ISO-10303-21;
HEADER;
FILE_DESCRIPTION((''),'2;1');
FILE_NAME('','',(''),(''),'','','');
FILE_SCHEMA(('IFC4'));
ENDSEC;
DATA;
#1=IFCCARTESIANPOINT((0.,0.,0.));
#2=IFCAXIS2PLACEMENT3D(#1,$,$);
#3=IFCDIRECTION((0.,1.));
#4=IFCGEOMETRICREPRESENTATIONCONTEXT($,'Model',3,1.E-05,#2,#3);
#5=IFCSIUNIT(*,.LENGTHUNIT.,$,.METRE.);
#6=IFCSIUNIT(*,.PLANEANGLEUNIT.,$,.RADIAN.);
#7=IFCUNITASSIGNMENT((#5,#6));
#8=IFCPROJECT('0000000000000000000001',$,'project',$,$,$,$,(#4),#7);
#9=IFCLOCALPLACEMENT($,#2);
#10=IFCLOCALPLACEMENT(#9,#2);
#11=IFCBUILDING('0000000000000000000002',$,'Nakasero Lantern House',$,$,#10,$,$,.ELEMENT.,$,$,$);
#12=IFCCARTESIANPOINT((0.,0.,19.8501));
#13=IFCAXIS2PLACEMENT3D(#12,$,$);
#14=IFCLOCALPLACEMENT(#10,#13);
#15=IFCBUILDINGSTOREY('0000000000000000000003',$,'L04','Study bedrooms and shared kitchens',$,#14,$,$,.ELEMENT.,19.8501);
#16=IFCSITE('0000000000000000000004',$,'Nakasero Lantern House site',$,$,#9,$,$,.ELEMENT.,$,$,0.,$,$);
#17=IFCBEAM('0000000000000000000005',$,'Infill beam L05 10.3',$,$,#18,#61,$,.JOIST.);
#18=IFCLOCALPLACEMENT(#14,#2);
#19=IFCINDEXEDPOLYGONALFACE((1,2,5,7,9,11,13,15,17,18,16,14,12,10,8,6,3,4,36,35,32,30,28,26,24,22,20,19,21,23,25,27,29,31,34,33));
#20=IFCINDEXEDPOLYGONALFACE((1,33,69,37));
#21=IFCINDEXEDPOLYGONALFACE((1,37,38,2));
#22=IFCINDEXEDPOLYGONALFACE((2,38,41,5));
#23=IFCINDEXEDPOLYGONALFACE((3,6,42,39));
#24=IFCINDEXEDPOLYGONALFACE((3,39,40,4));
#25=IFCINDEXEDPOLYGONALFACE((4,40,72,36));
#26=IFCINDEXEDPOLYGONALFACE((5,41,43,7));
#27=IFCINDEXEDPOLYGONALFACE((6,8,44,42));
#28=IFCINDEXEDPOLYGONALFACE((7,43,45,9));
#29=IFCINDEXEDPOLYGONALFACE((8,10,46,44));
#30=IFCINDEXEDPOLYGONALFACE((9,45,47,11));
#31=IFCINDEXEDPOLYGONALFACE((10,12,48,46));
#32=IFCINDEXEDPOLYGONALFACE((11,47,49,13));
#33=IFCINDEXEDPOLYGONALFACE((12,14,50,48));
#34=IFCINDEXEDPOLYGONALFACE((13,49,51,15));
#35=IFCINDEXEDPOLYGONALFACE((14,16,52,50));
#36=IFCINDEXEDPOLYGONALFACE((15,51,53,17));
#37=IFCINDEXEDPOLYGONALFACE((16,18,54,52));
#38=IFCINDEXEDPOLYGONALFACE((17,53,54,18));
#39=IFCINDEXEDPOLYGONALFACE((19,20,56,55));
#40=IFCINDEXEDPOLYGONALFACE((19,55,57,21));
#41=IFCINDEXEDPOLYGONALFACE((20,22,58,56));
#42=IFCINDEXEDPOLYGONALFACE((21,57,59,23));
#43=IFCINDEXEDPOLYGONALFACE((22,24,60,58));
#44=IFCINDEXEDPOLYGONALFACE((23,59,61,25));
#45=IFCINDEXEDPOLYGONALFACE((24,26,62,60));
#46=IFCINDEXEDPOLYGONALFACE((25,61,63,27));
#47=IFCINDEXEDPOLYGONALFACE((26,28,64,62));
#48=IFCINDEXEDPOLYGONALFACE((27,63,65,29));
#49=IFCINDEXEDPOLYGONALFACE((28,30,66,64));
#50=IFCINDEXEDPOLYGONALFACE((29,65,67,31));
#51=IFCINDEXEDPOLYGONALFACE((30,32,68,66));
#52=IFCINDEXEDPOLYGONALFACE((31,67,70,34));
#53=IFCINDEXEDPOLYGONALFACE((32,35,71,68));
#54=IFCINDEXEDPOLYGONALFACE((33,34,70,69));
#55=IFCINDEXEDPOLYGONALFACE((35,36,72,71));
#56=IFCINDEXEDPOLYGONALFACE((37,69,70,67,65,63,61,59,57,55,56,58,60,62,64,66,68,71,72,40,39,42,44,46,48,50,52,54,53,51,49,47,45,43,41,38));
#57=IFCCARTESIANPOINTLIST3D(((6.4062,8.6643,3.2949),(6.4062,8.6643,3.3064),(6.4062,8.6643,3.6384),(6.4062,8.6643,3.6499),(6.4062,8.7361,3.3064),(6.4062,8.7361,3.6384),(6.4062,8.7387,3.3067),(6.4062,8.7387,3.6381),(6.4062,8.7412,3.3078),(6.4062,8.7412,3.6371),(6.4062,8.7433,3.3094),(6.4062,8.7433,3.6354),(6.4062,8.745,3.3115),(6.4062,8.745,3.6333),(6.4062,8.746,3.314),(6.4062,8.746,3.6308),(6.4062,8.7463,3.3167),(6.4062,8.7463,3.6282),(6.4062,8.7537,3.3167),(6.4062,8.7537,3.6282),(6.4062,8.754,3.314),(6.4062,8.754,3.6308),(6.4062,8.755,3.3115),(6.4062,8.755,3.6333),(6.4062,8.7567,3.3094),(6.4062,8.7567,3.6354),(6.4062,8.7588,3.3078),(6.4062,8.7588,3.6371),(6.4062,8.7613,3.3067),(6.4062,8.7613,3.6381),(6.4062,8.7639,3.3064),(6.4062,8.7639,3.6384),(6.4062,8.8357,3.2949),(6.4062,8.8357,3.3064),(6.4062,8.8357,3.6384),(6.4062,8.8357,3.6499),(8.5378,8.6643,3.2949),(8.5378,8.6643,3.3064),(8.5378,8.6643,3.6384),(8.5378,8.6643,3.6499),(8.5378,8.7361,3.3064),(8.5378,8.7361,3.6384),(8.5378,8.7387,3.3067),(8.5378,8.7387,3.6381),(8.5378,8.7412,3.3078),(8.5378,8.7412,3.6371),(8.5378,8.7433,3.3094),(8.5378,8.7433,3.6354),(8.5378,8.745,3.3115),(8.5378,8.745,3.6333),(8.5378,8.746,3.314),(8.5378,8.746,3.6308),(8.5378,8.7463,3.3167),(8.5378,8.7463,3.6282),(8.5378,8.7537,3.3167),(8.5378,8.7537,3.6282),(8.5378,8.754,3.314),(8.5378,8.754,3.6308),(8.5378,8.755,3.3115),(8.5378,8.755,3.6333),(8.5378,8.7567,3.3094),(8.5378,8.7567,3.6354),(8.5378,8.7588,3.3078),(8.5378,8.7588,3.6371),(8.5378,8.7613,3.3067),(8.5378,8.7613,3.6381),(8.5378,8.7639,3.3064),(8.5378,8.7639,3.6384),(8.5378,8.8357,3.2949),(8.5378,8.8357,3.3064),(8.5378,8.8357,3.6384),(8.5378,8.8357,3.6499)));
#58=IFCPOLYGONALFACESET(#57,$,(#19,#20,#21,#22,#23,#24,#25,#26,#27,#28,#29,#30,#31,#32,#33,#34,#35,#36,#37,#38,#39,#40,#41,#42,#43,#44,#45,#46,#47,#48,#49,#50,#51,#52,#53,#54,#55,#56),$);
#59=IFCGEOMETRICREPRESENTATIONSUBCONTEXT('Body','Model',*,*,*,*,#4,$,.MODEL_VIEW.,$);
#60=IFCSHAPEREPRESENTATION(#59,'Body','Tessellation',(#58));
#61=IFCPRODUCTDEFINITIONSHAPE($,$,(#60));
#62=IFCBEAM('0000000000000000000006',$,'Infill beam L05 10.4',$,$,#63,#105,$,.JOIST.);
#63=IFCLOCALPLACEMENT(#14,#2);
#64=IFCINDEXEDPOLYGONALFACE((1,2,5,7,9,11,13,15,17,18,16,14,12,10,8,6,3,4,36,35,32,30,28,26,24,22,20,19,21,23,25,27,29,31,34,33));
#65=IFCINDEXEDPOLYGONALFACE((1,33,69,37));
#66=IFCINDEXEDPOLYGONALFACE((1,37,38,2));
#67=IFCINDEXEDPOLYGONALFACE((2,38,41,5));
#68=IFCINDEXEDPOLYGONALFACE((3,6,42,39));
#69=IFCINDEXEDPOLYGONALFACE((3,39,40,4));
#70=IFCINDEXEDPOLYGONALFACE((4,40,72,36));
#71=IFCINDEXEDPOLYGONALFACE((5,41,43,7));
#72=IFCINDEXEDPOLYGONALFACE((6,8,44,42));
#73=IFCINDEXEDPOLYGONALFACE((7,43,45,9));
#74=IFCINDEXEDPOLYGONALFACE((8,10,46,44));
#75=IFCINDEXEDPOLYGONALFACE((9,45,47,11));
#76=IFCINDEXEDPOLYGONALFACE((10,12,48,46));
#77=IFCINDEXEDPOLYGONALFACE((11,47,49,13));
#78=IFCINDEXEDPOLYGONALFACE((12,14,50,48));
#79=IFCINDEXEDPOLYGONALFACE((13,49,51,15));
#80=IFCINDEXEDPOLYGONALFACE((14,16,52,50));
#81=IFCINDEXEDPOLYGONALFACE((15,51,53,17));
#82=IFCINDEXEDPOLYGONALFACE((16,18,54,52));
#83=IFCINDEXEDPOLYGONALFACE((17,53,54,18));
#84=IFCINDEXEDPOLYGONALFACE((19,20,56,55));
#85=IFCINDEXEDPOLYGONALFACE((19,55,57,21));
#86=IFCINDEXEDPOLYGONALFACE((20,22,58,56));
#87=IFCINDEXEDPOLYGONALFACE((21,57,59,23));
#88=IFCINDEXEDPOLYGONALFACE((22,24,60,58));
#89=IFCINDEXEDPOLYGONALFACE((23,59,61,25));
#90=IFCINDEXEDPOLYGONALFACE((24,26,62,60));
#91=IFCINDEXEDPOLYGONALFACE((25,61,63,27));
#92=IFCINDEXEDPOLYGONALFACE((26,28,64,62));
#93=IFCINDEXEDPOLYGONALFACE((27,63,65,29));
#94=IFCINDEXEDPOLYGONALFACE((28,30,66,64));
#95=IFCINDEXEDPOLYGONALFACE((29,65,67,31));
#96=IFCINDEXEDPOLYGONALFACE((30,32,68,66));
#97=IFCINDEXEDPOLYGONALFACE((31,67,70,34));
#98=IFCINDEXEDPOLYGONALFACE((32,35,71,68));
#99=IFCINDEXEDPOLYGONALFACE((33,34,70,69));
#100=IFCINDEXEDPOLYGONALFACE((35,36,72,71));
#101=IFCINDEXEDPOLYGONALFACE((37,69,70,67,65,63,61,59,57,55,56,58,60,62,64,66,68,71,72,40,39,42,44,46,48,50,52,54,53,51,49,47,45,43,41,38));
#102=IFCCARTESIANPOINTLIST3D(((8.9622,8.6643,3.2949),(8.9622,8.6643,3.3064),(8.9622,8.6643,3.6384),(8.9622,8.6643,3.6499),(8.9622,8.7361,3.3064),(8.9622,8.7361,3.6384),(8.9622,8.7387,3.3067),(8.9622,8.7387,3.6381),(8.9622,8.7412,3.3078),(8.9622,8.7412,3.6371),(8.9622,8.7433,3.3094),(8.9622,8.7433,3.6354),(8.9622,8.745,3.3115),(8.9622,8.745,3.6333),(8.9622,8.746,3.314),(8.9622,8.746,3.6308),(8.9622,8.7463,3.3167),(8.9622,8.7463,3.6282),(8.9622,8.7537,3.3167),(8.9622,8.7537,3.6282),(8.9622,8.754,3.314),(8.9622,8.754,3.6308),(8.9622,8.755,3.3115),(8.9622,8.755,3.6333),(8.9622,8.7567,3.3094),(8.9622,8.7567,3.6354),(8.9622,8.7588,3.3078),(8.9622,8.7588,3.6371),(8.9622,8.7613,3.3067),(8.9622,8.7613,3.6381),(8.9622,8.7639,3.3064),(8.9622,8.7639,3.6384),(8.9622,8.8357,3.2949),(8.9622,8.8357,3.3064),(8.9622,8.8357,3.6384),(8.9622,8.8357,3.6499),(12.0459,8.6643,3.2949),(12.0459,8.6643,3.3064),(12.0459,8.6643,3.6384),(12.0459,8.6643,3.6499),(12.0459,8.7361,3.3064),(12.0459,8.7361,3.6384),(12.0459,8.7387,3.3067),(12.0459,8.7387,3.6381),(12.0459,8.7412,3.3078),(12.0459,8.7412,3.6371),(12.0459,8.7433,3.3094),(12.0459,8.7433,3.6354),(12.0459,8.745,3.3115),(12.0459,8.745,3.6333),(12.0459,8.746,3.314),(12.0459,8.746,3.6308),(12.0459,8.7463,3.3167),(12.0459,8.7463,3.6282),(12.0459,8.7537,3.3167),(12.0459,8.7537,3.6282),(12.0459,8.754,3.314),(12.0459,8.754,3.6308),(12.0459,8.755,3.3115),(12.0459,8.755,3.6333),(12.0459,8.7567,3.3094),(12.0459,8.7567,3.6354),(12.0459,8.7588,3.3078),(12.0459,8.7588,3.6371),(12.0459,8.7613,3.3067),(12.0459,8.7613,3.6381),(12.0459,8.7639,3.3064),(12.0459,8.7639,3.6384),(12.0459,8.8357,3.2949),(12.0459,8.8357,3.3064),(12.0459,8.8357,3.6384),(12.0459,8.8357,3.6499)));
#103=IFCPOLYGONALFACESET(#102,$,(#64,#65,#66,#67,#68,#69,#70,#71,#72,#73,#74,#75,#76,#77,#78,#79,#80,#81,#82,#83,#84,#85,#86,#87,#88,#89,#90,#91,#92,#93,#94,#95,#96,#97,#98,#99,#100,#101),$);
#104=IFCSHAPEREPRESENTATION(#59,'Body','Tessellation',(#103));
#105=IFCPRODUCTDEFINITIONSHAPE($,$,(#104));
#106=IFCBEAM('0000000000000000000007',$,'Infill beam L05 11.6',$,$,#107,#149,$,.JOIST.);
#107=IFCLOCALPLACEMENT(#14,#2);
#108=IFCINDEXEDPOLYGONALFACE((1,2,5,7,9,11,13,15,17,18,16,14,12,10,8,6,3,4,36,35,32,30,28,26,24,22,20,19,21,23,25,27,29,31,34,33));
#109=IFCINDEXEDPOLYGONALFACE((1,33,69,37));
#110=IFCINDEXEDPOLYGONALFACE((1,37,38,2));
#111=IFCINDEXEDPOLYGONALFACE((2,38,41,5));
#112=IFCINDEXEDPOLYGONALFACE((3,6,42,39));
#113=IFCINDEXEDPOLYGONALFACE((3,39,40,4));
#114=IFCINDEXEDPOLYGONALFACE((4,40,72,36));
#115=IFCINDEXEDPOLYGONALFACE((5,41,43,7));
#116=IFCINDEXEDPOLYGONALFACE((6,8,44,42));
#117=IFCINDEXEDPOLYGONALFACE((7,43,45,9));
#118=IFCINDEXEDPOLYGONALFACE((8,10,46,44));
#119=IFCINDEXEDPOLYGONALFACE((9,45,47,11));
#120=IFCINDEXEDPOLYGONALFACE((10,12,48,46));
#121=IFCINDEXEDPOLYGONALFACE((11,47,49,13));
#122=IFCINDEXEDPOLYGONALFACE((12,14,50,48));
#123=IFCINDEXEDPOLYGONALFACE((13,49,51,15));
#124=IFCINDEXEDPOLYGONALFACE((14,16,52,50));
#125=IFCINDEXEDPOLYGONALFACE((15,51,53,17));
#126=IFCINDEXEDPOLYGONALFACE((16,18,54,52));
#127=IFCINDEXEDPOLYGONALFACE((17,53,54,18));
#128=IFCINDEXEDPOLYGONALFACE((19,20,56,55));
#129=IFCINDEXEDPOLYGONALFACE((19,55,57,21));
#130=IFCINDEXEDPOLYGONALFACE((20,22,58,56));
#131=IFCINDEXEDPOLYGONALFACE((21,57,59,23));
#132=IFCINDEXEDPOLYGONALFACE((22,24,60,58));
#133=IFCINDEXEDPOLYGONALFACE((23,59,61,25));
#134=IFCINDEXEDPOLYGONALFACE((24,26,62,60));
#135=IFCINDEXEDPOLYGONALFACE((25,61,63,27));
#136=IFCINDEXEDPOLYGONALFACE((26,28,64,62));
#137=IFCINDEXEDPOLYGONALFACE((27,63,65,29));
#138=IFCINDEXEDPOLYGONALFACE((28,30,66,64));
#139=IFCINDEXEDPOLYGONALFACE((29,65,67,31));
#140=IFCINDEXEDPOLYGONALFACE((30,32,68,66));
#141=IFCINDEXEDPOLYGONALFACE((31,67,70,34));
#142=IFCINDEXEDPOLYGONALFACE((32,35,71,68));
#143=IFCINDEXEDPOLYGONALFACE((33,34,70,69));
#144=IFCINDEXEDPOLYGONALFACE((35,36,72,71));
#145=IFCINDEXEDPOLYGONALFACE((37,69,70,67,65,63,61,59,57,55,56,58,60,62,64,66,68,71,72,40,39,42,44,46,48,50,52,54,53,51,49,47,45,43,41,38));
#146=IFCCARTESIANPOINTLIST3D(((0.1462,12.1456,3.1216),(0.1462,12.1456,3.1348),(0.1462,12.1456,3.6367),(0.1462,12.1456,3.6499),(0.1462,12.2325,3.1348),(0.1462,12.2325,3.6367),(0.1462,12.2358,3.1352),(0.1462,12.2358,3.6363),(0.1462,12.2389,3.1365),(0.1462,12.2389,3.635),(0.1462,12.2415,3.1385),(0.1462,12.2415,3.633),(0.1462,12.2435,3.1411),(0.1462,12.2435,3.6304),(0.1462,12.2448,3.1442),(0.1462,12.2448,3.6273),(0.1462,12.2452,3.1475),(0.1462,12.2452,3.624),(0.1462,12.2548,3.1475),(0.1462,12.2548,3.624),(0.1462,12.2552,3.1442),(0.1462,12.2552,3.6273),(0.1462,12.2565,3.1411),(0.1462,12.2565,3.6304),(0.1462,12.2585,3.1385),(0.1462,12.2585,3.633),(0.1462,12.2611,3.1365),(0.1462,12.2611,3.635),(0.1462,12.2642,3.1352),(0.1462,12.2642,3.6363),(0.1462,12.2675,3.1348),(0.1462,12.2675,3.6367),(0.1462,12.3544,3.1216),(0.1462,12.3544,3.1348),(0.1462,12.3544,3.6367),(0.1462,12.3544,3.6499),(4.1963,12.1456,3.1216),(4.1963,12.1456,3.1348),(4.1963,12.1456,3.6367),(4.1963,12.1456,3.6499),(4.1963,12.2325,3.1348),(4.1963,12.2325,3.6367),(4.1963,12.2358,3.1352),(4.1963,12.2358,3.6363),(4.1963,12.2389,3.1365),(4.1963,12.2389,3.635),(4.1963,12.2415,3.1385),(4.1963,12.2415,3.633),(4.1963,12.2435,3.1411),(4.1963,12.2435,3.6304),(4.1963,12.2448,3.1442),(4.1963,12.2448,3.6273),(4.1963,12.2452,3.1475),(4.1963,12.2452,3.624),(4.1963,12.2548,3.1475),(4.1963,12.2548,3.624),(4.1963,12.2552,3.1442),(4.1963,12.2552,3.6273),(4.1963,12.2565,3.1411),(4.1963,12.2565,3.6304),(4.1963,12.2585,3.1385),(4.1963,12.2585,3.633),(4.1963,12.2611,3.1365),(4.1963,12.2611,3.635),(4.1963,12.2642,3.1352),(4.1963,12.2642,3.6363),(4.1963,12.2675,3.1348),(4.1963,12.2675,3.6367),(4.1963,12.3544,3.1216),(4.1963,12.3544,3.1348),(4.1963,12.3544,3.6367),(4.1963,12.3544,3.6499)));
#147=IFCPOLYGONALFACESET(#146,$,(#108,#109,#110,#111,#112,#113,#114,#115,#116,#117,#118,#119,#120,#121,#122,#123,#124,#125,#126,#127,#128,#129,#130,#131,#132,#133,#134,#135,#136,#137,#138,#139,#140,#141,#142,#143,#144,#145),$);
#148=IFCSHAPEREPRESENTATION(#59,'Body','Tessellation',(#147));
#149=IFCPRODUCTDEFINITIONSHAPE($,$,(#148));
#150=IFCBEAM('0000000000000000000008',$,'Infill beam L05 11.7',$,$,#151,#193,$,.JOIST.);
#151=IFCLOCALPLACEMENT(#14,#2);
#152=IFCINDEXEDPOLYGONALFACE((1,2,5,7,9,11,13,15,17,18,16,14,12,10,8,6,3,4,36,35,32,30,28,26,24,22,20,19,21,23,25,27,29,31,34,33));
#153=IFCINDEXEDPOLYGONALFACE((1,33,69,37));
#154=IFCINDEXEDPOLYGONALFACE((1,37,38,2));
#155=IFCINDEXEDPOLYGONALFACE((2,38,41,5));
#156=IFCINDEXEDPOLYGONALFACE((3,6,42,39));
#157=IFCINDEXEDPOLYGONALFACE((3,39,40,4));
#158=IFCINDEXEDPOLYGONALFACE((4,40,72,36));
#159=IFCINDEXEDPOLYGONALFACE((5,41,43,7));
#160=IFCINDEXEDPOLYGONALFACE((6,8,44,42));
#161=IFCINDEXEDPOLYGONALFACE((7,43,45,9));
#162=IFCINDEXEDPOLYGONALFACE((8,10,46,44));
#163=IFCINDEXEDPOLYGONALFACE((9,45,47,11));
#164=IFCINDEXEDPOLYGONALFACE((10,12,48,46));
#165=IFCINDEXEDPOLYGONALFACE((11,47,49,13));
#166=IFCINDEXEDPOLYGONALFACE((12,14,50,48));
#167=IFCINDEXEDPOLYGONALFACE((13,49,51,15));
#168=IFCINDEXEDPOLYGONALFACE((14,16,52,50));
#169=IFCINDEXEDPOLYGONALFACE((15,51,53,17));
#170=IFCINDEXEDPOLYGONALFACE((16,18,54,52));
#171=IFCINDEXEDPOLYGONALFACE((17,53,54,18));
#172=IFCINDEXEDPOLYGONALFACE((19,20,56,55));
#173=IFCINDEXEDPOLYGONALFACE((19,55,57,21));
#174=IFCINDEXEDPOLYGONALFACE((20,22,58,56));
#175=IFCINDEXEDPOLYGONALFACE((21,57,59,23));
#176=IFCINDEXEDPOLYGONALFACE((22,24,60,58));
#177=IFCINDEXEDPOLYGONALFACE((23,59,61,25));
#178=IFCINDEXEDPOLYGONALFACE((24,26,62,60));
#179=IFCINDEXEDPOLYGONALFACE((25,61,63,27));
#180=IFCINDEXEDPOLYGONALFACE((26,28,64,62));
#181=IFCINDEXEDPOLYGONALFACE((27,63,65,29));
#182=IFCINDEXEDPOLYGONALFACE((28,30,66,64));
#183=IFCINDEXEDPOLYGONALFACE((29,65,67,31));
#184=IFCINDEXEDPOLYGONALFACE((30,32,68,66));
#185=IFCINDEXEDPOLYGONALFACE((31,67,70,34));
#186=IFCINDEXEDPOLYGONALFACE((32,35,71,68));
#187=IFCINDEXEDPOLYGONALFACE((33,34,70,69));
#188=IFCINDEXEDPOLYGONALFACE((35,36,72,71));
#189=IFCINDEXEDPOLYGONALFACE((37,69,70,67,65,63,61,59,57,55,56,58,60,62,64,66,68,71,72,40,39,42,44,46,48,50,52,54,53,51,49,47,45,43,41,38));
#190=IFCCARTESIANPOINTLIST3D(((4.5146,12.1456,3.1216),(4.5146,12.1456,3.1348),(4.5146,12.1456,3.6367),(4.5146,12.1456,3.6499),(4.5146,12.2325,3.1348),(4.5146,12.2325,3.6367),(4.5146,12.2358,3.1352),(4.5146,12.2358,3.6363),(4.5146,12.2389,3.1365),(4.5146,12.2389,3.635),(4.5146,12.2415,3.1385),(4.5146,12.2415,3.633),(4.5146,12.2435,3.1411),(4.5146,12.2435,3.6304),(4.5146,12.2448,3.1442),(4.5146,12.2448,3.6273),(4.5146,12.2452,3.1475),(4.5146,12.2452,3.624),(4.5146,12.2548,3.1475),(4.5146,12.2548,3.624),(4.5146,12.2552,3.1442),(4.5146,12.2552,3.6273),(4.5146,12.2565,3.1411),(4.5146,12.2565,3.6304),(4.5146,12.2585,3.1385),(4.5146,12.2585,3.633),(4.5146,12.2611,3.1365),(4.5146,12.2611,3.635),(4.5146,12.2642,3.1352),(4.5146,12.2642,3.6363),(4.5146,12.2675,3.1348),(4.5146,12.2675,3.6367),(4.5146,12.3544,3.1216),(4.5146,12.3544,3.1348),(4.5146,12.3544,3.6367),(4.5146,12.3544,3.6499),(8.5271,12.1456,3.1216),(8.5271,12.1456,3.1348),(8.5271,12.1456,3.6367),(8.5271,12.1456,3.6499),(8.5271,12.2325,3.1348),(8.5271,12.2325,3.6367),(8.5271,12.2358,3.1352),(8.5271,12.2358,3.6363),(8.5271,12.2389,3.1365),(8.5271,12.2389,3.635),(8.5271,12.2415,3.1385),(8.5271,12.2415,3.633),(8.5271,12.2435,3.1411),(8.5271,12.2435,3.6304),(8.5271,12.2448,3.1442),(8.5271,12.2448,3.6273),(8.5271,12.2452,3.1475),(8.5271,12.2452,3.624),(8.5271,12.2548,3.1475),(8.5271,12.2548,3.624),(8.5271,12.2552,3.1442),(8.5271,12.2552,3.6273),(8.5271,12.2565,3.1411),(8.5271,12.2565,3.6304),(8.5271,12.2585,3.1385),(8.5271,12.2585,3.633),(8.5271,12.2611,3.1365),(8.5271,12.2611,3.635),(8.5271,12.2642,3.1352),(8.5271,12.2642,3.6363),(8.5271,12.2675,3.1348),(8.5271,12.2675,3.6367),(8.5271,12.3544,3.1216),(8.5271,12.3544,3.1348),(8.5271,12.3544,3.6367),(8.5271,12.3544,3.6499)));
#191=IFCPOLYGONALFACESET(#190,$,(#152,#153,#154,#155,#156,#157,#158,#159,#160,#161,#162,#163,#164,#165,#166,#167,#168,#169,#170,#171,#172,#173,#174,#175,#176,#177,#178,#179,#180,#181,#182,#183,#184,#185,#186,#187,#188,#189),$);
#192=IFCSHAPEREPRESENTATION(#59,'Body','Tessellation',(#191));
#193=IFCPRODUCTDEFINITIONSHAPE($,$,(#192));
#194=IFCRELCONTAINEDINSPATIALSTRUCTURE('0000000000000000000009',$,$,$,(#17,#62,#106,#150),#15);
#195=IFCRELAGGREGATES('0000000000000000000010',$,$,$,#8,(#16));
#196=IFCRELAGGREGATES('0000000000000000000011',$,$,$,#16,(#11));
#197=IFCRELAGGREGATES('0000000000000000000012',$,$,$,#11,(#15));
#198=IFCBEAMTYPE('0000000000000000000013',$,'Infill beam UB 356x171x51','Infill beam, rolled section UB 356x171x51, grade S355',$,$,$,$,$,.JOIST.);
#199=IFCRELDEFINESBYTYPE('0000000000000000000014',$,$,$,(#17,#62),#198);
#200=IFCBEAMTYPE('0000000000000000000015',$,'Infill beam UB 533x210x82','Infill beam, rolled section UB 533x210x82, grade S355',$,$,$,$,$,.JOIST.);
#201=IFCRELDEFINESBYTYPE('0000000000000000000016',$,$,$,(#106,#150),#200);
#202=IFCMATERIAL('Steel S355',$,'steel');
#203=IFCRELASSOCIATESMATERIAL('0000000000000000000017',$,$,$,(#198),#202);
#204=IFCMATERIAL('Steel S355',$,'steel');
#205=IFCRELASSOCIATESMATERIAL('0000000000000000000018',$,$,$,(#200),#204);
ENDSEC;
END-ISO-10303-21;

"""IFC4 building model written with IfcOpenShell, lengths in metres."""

from ifc_helpers import new_model, si_unit, direction, frame, origin, origin_2d, place, context, subcontext, project, spatial, i_section, extrude, material, material_profile, profile_set, type_object, element, save


model = new_model("IFC4")

# Units and contexts
model_context = context("Model", 3, precision=1e-05, world=origin(), true_north=direction((0.0, 1.0)))
body_context = subcontext(model_context, "Body", "Model", "MODEL_VIEW")
ifc_project = project(units=[si_unit("LENGTHUNIT", "METRE"), si_unit("PLANEANGLEUNIT", "RADIAN")], contexts=[model_context])

# Site, building, storey
site_placement = place(None, origin())
site = spatial("IfcSite", under=ifc_project, at=site_placement, Name="Nakasero Lantern House site", CompositionType="ELEMENT", RefElevation=0.0)
building_placement = place(site_placement, origin())
building = spatial("IfcBuilding", under=site, at=building_placement, Name="Nakasero Lantern House", CompositionType="ELEMENT")
storey_placement = place(building_placement, frame((0.0, 0.0, 19.8501)))
storey = spatial("IfcBuildingStorey", under=building, at=storey_placement, Name="L04", Description="Study bedrooms and shared kitchens", CompositionType="ELEMENT", Elevation=19.8501)

# Beams
ifc_material_1 = material(Name="Steel S355", Category="steel")
ifc_material_profile_1 = material_profile(ifc_material_1, i_section(OverallWidth=0.1714, OverallDepth=0.355, WebThickness=0.0073, FlangeThickness=0.0115, FilletRadius=0.0103, at=origin_2d()), Name="UB 356x171x51")
ifc_profile_set_1 = profile_set([ifc_material_profile_1], Name="Steel S355")
beam_type_1 = type_object("IfcBeamType", Name="Infill beam UB 356x171x51", Description="Infill beam, rolled section UB 356x171x51, grade S355", PredefinedType="JOIST", material=ifc_profile_set_1)
beam_1_placement = place(storey_placement, frame((6.4062, 8.75, 3.4724), z_axis=(1.0, 0.0, 0.0), x_axis=(0.0, 1.0, 0.0)))
element("IfcBeam", 1, at=beam_1_placement, inside=storey, type_object=beam_type_1, Name="Infill beam L05 10.3", PredefinedType="JOIST", context=body_context, shape_type="SweptSolid", body=[
    extrude(i_section(OverallWidth=0.1714, OverallDepth=0.355, WebThickness=0.0073, FlangeThickness=0.0115, FilletRadius=0.0103, at=origin_2d()), origin(), (0.0, 0.0, 1.0), 2.1316),
])
beam_2_placement = place(storey_placement, frame((8.9622, 8.75, 3.4724), z_axis=(1.0, 0.0, 0.0), x_axis=(0.0, 1.0, 0.0)))
element("IfcBeam", 2, at=beam_2_placement, inside=storey, type_object=beam_type_1, Name="Infill beam L05 10.4", PredefinedType="JOIST", context=body_context, shape_type="SweptSolid", body=[
    extrude(i_section(OverallWidth=0.1714, OverallDepth=0.355, WebThickness=0.0073, FlangeThickness=0.0115, FilletRadius=0.0103, at=origin_2d()), origin(), (0.0, 0.0, 1.0), 3.0837),
])
ifc_material_2 = material(Name="Steel S355", Category="steel")
ifc_material_profile_2 = material_profile(ifc_material_2, i_section(OverallWidth=0.2087, OverallDepth=0.5283, WebThickness=0.0095, FlangeThickness=0.0132, FilletRadius=0.0127, at=origin_2d()), Name="UB 533x210x82")
ifc_profile_set_2 = profile_set([ifc_material_profile_2], Name="Steel S355")
beam_type_2 = type_object("IfcBeamType", Name="Infill beam UB 533x210x82", Description="Infill beam, rolled section UB 533x210x82, grade S355", PredefinedType="JOIST", material=ifc_profile_set_2)
beam_3_placement = place(storey_placement, frame((0.1462, 12.25, 3.3857), z_axis=(1.0, 0.0, 0.0), x_axis=(0.0, 1.0, 0.0)))
element("IfcBeam", 3, at=beam_3_placement, inside=storey, type_object=beam_type_2, Name="Infill beam L05 11.6", PredefinedType="JOIST", context=body_context, shape_type="SweptSolid", body=[
    extrude(i_section(OverallWidth=0.2087, OverallDepth=0.5283, WebThickness=0.0095, FlangeThickness=0.0132, FilletRadius=0.0127, at=origin_2d()), origin(), (0.0, 0.0, 1.0), 4.05),
])
beam_4_placement = place(storey_placement, frame((4.5146, 12.25, 3.3857), z_axis=(1.0, 0.0, 0.0), x_axis=(0.0, 1.0, 0.0)))
element("IfcBeam", 4, at=beam_4_placement, inside=storey, type_object=beam_type_2, Name="Infill beam L05 11.7", PredefinedType="JOIST", context=body_context, shape_type="SweptSolid", body=[
    extrude(i_section(OverallWidth=0.2087, OverallDepth=0.5283, WebThickness=0.0095, FlangeThickness=0.0132, FilletRadius=0.0127, at=origin_2d()), origin(), (0.0, 0.0, 1.0), 4.0125),
])

save(model, "model.ifc")
